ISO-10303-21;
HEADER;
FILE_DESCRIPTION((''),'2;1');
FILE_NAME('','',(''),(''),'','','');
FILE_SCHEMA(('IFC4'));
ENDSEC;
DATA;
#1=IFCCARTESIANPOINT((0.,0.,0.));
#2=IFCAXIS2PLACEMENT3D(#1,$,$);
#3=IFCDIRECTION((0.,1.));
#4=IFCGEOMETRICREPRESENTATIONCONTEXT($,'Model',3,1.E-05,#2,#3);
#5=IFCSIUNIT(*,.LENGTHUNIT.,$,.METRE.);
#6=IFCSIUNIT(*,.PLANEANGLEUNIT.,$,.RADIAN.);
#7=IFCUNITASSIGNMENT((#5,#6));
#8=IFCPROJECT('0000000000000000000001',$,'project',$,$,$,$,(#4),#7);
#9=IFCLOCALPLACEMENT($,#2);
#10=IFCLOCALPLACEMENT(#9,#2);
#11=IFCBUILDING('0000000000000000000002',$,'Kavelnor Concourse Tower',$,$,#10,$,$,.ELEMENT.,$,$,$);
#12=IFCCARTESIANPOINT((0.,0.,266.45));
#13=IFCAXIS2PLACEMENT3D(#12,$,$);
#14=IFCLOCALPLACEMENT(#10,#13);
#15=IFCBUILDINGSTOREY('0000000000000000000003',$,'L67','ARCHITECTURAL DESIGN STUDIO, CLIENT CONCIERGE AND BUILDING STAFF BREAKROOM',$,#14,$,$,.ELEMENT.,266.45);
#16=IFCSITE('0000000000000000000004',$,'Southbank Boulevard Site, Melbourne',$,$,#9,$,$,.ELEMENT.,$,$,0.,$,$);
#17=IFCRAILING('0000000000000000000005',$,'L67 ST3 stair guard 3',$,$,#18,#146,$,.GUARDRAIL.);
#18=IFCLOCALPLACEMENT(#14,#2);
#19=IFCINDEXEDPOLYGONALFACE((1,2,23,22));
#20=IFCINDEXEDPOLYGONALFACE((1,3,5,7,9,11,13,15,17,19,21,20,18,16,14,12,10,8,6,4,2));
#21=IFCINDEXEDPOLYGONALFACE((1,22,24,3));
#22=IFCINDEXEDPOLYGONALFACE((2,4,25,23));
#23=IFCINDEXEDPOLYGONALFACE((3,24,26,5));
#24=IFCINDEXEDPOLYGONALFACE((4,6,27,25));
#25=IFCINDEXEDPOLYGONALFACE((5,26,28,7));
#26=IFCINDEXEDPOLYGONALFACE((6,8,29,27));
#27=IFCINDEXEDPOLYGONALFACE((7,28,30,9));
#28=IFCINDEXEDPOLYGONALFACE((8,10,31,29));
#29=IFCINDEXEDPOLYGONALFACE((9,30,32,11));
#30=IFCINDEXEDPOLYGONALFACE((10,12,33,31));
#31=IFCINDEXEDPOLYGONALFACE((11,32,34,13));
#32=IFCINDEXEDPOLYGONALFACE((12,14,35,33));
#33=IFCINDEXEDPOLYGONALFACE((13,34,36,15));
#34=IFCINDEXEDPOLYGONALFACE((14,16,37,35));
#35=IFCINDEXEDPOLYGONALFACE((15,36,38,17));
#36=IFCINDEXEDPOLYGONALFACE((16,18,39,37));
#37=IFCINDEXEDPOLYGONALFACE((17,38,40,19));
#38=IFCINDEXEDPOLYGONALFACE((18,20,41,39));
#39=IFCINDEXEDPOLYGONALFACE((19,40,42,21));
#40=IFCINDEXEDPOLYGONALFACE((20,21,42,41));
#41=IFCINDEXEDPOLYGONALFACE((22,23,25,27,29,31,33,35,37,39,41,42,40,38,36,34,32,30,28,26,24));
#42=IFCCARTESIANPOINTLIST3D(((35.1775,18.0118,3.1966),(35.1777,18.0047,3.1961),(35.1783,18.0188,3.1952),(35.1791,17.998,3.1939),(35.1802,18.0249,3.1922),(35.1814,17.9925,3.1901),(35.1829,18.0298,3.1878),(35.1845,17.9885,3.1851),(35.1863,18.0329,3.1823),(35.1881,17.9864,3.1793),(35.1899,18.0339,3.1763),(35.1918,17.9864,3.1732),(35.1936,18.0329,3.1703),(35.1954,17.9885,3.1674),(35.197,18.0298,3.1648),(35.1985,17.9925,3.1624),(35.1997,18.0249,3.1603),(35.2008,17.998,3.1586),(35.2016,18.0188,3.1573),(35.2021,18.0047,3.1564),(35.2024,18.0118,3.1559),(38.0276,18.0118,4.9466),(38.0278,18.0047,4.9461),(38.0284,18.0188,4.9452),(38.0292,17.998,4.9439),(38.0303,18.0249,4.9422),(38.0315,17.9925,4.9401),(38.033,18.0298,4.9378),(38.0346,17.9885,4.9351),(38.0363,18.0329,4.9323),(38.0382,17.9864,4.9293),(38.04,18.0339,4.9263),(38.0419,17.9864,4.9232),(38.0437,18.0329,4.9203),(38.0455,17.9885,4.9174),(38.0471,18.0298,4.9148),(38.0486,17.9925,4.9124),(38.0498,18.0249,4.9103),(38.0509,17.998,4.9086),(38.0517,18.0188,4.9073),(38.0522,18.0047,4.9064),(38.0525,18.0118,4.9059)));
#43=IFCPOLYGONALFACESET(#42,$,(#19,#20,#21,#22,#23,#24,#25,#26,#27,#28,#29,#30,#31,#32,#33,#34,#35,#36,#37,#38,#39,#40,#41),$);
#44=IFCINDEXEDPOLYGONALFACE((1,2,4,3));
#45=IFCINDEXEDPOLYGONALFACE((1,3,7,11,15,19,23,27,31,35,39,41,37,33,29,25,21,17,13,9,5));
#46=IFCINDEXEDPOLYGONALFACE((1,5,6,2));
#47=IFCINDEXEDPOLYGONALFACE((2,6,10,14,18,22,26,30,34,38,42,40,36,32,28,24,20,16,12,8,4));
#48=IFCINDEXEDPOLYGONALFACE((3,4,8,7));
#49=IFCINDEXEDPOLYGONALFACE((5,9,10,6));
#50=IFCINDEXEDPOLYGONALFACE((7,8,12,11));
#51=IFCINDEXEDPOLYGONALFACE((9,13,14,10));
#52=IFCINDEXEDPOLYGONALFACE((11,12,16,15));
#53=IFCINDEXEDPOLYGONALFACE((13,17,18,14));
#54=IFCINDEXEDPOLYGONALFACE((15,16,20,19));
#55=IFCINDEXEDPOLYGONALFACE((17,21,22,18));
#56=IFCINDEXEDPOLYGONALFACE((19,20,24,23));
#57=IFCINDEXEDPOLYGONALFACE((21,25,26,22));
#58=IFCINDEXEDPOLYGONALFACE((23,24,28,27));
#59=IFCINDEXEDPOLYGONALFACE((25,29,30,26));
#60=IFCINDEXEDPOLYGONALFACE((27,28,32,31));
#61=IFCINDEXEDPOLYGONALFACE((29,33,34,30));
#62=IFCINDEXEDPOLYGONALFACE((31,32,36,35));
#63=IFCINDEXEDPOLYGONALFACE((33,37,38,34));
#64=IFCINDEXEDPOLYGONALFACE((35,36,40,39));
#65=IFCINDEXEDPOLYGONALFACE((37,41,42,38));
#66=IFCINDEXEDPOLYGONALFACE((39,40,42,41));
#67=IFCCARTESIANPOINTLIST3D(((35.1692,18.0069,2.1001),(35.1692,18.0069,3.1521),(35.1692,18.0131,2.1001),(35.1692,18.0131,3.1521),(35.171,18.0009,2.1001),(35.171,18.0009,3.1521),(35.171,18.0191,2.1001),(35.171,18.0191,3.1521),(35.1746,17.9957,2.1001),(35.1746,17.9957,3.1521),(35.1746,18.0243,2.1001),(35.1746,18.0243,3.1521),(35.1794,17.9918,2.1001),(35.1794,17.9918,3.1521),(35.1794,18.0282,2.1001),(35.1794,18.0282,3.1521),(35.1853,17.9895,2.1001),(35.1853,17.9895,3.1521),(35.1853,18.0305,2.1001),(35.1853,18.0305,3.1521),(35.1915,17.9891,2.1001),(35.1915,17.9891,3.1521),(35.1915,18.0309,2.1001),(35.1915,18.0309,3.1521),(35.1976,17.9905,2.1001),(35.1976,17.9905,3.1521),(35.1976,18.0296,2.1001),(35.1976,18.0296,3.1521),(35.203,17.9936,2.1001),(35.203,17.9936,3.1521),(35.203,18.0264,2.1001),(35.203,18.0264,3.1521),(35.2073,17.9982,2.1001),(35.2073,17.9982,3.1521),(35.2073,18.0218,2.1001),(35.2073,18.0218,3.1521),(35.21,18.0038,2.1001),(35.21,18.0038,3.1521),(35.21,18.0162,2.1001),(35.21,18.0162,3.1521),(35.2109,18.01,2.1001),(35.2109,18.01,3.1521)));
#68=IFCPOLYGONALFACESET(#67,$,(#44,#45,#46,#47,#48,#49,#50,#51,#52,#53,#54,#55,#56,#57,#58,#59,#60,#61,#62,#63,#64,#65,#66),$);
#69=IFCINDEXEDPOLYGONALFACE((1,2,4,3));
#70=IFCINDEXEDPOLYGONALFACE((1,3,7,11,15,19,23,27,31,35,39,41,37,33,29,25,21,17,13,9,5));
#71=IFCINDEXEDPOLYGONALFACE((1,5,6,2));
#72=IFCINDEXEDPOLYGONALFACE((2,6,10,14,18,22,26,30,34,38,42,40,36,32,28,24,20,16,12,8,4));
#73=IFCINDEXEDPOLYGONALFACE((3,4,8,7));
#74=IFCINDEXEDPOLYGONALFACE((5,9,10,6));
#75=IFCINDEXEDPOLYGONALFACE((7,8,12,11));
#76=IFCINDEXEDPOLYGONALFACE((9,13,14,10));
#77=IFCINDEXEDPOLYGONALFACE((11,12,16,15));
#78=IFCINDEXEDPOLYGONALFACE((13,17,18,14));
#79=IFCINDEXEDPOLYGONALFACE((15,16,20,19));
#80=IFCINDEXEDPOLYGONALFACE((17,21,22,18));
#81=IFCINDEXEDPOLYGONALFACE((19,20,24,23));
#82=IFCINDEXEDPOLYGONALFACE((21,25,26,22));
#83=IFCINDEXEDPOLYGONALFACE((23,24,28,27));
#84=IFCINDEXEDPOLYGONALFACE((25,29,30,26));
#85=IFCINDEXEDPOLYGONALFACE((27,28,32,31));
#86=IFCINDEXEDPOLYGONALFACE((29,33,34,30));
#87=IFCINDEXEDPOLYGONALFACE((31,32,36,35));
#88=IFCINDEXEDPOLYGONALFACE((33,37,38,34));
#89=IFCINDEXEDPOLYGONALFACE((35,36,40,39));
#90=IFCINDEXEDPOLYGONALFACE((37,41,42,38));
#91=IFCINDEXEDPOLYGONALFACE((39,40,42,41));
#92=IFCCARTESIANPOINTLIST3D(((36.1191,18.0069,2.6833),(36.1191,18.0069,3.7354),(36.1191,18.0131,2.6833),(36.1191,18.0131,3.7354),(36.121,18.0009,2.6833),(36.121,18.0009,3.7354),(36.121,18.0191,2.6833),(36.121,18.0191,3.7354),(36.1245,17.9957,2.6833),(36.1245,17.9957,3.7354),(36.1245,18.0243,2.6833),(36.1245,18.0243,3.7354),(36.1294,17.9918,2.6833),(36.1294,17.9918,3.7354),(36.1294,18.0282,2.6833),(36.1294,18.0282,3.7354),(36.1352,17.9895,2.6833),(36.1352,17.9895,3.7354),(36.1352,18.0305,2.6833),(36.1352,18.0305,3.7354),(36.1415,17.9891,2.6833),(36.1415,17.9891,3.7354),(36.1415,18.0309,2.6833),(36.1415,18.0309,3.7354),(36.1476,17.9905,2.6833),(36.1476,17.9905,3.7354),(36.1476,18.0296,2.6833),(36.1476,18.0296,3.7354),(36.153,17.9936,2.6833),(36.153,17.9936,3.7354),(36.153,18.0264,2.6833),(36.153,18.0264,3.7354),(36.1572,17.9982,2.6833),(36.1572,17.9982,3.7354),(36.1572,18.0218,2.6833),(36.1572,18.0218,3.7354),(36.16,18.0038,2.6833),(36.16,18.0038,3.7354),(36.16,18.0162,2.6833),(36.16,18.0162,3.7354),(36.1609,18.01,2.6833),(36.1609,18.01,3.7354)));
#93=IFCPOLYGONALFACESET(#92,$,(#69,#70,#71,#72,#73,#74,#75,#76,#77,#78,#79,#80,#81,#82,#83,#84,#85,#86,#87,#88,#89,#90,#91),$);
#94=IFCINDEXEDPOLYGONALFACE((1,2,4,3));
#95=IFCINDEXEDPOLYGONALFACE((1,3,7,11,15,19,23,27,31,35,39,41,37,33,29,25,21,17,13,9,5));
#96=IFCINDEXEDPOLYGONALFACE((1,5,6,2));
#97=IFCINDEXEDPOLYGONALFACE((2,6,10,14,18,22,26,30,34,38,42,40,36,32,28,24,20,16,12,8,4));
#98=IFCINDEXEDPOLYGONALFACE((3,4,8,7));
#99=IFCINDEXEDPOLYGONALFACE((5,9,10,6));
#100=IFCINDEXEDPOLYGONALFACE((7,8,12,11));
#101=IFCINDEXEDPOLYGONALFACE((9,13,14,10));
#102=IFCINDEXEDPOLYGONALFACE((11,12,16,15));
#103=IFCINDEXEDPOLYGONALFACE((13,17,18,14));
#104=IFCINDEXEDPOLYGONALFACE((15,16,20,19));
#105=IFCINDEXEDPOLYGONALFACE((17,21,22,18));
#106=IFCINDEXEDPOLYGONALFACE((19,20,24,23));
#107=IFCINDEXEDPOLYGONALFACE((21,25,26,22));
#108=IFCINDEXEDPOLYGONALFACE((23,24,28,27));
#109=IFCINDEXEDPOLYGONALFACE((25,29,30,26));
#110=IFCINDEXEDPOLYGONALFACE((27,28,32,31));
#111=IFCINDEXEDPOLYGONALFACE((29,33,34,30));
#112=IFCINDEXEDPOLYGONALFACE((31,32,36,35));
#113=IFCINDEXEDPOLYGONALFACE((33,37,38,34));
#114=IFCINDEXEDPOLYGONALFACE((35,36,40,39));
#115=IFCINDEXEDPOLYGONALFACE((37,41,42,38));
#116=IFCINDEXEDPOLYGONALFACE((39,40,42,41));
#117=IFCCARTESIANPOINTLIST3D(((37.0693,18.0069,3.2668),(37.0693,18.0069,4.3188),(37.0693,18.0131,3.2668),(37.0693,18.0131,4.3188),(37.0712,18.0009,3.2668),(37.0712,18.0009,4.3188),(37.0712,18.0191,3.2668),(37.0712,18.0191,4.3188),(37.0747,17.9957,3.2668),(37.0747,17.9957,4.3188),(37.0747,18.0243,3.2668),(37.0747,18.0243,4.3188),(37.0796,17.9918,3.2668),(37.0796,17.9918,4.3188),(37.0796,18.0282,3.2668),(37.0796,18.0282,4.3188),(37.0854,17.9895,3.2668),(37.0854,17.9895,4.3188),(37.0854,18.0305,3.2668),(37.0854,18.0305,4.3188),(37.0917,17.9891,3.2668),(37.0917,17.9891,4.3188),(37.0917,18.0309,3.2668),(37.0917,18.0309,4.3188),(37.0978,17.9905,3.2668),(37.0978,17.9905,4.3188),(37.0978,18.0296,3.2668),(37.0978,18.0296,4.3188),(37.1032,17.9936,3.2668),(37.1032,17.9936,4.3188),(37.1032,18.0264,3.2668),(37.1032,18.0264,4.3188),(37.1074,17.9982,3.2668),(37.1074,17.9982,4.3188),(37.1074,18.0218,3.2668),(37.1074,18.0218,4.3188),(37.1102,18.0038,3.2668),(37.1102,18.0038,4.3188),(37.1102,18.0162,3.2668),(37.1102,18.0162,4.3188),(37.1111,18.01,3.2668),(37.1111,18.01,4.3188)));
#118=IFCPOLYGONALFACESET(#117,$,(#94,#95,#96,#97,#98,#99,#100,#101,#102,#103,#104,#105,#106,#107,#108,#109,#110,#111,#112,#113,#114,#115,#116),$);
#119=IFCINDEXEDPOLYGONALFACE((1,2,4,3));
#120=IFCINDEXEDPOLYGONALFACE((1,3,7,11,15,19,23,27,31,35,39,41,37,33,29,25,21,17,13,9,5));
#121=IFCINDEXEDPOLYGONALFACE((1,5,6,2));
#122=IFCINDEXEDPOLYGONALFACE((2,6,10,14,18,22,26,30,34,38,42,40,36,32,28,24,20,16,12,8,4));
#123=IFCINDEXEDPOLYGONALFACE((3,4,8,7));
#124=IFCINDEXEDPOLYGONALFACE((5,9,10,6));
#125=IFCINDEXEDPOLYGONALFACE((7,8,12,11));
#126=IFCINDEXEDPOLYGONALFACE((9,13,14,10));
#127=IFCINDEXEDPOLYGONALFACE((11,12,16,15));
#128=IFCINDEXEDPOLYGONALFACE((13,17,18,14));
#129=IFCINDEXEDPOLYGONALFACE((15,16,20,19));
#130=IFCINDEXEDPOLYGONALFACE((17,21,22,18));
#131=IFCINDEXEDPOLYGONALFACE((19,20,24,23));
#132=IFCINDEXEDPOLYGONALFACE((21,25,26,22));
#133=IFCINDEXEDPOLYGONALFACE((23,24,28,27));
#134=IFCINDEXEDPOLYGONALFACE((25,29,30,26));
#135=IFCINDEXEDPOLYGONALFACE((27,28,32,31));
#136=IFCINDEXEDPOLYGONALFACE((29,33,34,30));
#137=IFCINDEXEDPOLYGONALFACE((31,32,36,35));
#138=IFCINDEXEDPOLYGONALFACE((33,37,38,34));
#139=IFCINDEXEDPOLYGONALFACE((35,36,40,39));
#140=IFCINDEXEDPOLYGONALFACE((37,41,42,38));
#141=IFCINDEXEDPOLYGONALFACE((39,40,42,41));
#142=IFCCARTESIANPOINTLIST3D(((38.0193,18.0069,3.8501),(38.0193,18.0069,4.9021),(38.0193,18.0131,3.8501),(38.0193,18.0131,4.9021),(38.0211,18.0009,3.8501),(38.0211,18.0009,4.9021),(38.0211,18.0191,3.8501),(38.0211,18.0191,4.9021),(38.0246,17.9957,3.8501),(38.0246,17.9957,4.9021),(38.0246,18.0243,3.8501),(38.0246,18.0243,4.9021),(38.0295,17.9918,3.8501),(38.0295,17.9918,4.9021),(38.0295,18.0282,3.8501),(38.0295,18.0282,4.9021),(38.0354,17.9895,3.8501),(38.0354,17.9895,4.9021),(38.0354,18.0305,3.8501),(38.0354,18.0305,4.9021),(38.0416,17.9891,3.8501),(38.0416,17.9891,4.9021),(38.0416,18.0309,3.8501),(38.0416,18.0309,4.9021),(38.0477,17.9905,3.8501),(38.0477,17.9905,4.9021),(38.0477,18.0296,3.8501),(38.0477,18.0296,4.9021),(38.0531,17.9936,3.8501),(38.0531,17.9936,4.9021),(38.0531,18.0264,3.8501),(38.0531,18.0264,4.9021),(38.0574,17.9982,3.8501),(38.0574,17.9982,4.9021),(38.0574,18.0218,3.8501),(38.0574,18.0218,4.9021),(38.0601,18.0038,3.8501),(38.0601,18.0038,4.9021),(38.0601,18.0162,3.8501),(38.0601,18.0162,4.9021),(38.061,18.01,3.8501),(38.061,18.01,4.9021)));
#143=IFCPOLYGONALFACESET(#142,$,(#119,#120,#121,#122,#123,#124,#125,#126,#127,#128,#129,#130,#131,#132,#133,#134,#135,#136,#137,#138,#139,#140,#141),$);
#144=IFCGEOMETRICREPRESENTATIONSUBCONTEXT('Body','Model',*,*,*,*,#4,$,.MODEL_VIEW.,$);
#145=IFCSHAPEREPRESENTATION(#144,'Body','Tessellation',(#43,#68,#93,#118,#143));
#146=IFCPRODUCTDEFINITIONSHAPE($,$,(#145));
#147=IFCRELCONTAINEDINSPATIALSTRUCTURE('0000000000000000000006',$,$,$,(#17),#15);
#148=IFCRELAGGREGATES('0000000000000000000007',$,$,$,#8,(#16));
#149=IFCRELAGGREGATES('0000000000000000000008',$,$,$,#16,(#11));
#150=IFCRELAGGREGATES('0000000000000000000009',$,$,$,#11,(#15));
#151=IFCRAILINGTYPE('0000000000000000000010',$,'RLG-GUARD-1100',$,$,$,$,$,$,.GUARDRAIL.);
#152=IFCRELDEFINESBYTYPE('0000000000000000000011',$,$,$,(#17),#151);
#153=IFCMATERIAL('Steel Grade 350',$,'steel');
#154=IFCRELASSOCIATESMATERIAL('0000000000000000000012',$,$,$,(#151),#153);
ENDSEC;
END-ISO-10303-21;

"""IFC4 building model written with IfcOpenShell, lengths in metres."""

from ifc_helpers import new_model, si_unit, direction, frame, origin, origin_2d, place, context, subcontext, project, spatial, circle, extrude, material, type_object, element, save


model = new_model("IFC4")

# Units and contexts
model_context = context("Model", 3, precision=1e-05, world=origin(), true_north=direction((0.0, 1.0)))
body_context = subcontext(model_context, "Body", "Model", "MODEL_VIEW")
ifc_project = project(units=[si_unit("LENGTHUNIT", "METRE"), si_unit("PLANEANGLEUNIT", "RADIAN")], contexts=[model_context])

# Site, building, storey
site_placement = place(None, origin())
site = spatial("IfcSite", under=ifc_project, at=site_placement, Name="Southbank Boulevard Site, Melbourne", CompositionType="ELEMENT", RefElevation=0.0)
building_placement = place(site_placement, origin())
building = spatial("IfcBuilding", under=site, at=building_placement, Name="Kavelnor Concourse Tower", CompositionType="ELEMENT")
storey_placement = place(building_placement, frame((0.0, 0.0, 266.45)))
storey = spatial("IfcBuildingStorey", under=building, at=storey_placement, Name="L67", Description="ARCHITECTURAL DESIGN STUDIO, CLIENT CONCIERGE AND BUILDING STAFF BREAKROOM", CompositionType="ELEMENT", Elevation=266.45)

# Shared definitions
ifc_material_1 = material(Name="Steel Grade 350", Category="steel")

# Railing
railing_type_1 = type_object("IfcRailingType", Name="RLG-GUARD-1100", PredefinedType="GUARDRAIL", material=ifc_material_1)
railing_1_placement = place(storey_placement, frame((35.1899, 18.01, 2.1001)))
element("IfcRailing", 1, at=railing_1_placement, inside=storey, type_object=railing_type_1, Name="L67 ST3 stair guard 3", PredefinedType="GUARDRAIL", context=body_context, shape_type="SweptSolid", body=[
    extrude(circle(Radius=0.0239, at=origin_2d()), frame((0.0, 0.0, 1.0762), z_axis=(0.852179, 0.0, 0.52325), x_axis=(0.0, 1.0, 0.0)), (0.0, 0.0, 1.0), 3.3445),
    extrude(circle(Radius=0.021, at=origin_2d()), origin(), (0.0, 0.0, 1.0), 1.052),
    extrude(circle(Radius=0.021, at=origin_2d()), frame((0.95, 0.0, 0.5833)), (0.0, 0.0, 1.0), 1.052),
    extrude(circle(Radius=0.021, at=origin_2d()), frame((1.9001, 0.0, 1.1667)), (0.0, 0.0, 1.0), 1.052),
    extrude(circle(Radius=0.021, at=origin_2d()), frame((2.8501, 0.0, 1.75)), (0.0, 0.0, 1.0), 1.052),
])

save(model, "model.ifc")
